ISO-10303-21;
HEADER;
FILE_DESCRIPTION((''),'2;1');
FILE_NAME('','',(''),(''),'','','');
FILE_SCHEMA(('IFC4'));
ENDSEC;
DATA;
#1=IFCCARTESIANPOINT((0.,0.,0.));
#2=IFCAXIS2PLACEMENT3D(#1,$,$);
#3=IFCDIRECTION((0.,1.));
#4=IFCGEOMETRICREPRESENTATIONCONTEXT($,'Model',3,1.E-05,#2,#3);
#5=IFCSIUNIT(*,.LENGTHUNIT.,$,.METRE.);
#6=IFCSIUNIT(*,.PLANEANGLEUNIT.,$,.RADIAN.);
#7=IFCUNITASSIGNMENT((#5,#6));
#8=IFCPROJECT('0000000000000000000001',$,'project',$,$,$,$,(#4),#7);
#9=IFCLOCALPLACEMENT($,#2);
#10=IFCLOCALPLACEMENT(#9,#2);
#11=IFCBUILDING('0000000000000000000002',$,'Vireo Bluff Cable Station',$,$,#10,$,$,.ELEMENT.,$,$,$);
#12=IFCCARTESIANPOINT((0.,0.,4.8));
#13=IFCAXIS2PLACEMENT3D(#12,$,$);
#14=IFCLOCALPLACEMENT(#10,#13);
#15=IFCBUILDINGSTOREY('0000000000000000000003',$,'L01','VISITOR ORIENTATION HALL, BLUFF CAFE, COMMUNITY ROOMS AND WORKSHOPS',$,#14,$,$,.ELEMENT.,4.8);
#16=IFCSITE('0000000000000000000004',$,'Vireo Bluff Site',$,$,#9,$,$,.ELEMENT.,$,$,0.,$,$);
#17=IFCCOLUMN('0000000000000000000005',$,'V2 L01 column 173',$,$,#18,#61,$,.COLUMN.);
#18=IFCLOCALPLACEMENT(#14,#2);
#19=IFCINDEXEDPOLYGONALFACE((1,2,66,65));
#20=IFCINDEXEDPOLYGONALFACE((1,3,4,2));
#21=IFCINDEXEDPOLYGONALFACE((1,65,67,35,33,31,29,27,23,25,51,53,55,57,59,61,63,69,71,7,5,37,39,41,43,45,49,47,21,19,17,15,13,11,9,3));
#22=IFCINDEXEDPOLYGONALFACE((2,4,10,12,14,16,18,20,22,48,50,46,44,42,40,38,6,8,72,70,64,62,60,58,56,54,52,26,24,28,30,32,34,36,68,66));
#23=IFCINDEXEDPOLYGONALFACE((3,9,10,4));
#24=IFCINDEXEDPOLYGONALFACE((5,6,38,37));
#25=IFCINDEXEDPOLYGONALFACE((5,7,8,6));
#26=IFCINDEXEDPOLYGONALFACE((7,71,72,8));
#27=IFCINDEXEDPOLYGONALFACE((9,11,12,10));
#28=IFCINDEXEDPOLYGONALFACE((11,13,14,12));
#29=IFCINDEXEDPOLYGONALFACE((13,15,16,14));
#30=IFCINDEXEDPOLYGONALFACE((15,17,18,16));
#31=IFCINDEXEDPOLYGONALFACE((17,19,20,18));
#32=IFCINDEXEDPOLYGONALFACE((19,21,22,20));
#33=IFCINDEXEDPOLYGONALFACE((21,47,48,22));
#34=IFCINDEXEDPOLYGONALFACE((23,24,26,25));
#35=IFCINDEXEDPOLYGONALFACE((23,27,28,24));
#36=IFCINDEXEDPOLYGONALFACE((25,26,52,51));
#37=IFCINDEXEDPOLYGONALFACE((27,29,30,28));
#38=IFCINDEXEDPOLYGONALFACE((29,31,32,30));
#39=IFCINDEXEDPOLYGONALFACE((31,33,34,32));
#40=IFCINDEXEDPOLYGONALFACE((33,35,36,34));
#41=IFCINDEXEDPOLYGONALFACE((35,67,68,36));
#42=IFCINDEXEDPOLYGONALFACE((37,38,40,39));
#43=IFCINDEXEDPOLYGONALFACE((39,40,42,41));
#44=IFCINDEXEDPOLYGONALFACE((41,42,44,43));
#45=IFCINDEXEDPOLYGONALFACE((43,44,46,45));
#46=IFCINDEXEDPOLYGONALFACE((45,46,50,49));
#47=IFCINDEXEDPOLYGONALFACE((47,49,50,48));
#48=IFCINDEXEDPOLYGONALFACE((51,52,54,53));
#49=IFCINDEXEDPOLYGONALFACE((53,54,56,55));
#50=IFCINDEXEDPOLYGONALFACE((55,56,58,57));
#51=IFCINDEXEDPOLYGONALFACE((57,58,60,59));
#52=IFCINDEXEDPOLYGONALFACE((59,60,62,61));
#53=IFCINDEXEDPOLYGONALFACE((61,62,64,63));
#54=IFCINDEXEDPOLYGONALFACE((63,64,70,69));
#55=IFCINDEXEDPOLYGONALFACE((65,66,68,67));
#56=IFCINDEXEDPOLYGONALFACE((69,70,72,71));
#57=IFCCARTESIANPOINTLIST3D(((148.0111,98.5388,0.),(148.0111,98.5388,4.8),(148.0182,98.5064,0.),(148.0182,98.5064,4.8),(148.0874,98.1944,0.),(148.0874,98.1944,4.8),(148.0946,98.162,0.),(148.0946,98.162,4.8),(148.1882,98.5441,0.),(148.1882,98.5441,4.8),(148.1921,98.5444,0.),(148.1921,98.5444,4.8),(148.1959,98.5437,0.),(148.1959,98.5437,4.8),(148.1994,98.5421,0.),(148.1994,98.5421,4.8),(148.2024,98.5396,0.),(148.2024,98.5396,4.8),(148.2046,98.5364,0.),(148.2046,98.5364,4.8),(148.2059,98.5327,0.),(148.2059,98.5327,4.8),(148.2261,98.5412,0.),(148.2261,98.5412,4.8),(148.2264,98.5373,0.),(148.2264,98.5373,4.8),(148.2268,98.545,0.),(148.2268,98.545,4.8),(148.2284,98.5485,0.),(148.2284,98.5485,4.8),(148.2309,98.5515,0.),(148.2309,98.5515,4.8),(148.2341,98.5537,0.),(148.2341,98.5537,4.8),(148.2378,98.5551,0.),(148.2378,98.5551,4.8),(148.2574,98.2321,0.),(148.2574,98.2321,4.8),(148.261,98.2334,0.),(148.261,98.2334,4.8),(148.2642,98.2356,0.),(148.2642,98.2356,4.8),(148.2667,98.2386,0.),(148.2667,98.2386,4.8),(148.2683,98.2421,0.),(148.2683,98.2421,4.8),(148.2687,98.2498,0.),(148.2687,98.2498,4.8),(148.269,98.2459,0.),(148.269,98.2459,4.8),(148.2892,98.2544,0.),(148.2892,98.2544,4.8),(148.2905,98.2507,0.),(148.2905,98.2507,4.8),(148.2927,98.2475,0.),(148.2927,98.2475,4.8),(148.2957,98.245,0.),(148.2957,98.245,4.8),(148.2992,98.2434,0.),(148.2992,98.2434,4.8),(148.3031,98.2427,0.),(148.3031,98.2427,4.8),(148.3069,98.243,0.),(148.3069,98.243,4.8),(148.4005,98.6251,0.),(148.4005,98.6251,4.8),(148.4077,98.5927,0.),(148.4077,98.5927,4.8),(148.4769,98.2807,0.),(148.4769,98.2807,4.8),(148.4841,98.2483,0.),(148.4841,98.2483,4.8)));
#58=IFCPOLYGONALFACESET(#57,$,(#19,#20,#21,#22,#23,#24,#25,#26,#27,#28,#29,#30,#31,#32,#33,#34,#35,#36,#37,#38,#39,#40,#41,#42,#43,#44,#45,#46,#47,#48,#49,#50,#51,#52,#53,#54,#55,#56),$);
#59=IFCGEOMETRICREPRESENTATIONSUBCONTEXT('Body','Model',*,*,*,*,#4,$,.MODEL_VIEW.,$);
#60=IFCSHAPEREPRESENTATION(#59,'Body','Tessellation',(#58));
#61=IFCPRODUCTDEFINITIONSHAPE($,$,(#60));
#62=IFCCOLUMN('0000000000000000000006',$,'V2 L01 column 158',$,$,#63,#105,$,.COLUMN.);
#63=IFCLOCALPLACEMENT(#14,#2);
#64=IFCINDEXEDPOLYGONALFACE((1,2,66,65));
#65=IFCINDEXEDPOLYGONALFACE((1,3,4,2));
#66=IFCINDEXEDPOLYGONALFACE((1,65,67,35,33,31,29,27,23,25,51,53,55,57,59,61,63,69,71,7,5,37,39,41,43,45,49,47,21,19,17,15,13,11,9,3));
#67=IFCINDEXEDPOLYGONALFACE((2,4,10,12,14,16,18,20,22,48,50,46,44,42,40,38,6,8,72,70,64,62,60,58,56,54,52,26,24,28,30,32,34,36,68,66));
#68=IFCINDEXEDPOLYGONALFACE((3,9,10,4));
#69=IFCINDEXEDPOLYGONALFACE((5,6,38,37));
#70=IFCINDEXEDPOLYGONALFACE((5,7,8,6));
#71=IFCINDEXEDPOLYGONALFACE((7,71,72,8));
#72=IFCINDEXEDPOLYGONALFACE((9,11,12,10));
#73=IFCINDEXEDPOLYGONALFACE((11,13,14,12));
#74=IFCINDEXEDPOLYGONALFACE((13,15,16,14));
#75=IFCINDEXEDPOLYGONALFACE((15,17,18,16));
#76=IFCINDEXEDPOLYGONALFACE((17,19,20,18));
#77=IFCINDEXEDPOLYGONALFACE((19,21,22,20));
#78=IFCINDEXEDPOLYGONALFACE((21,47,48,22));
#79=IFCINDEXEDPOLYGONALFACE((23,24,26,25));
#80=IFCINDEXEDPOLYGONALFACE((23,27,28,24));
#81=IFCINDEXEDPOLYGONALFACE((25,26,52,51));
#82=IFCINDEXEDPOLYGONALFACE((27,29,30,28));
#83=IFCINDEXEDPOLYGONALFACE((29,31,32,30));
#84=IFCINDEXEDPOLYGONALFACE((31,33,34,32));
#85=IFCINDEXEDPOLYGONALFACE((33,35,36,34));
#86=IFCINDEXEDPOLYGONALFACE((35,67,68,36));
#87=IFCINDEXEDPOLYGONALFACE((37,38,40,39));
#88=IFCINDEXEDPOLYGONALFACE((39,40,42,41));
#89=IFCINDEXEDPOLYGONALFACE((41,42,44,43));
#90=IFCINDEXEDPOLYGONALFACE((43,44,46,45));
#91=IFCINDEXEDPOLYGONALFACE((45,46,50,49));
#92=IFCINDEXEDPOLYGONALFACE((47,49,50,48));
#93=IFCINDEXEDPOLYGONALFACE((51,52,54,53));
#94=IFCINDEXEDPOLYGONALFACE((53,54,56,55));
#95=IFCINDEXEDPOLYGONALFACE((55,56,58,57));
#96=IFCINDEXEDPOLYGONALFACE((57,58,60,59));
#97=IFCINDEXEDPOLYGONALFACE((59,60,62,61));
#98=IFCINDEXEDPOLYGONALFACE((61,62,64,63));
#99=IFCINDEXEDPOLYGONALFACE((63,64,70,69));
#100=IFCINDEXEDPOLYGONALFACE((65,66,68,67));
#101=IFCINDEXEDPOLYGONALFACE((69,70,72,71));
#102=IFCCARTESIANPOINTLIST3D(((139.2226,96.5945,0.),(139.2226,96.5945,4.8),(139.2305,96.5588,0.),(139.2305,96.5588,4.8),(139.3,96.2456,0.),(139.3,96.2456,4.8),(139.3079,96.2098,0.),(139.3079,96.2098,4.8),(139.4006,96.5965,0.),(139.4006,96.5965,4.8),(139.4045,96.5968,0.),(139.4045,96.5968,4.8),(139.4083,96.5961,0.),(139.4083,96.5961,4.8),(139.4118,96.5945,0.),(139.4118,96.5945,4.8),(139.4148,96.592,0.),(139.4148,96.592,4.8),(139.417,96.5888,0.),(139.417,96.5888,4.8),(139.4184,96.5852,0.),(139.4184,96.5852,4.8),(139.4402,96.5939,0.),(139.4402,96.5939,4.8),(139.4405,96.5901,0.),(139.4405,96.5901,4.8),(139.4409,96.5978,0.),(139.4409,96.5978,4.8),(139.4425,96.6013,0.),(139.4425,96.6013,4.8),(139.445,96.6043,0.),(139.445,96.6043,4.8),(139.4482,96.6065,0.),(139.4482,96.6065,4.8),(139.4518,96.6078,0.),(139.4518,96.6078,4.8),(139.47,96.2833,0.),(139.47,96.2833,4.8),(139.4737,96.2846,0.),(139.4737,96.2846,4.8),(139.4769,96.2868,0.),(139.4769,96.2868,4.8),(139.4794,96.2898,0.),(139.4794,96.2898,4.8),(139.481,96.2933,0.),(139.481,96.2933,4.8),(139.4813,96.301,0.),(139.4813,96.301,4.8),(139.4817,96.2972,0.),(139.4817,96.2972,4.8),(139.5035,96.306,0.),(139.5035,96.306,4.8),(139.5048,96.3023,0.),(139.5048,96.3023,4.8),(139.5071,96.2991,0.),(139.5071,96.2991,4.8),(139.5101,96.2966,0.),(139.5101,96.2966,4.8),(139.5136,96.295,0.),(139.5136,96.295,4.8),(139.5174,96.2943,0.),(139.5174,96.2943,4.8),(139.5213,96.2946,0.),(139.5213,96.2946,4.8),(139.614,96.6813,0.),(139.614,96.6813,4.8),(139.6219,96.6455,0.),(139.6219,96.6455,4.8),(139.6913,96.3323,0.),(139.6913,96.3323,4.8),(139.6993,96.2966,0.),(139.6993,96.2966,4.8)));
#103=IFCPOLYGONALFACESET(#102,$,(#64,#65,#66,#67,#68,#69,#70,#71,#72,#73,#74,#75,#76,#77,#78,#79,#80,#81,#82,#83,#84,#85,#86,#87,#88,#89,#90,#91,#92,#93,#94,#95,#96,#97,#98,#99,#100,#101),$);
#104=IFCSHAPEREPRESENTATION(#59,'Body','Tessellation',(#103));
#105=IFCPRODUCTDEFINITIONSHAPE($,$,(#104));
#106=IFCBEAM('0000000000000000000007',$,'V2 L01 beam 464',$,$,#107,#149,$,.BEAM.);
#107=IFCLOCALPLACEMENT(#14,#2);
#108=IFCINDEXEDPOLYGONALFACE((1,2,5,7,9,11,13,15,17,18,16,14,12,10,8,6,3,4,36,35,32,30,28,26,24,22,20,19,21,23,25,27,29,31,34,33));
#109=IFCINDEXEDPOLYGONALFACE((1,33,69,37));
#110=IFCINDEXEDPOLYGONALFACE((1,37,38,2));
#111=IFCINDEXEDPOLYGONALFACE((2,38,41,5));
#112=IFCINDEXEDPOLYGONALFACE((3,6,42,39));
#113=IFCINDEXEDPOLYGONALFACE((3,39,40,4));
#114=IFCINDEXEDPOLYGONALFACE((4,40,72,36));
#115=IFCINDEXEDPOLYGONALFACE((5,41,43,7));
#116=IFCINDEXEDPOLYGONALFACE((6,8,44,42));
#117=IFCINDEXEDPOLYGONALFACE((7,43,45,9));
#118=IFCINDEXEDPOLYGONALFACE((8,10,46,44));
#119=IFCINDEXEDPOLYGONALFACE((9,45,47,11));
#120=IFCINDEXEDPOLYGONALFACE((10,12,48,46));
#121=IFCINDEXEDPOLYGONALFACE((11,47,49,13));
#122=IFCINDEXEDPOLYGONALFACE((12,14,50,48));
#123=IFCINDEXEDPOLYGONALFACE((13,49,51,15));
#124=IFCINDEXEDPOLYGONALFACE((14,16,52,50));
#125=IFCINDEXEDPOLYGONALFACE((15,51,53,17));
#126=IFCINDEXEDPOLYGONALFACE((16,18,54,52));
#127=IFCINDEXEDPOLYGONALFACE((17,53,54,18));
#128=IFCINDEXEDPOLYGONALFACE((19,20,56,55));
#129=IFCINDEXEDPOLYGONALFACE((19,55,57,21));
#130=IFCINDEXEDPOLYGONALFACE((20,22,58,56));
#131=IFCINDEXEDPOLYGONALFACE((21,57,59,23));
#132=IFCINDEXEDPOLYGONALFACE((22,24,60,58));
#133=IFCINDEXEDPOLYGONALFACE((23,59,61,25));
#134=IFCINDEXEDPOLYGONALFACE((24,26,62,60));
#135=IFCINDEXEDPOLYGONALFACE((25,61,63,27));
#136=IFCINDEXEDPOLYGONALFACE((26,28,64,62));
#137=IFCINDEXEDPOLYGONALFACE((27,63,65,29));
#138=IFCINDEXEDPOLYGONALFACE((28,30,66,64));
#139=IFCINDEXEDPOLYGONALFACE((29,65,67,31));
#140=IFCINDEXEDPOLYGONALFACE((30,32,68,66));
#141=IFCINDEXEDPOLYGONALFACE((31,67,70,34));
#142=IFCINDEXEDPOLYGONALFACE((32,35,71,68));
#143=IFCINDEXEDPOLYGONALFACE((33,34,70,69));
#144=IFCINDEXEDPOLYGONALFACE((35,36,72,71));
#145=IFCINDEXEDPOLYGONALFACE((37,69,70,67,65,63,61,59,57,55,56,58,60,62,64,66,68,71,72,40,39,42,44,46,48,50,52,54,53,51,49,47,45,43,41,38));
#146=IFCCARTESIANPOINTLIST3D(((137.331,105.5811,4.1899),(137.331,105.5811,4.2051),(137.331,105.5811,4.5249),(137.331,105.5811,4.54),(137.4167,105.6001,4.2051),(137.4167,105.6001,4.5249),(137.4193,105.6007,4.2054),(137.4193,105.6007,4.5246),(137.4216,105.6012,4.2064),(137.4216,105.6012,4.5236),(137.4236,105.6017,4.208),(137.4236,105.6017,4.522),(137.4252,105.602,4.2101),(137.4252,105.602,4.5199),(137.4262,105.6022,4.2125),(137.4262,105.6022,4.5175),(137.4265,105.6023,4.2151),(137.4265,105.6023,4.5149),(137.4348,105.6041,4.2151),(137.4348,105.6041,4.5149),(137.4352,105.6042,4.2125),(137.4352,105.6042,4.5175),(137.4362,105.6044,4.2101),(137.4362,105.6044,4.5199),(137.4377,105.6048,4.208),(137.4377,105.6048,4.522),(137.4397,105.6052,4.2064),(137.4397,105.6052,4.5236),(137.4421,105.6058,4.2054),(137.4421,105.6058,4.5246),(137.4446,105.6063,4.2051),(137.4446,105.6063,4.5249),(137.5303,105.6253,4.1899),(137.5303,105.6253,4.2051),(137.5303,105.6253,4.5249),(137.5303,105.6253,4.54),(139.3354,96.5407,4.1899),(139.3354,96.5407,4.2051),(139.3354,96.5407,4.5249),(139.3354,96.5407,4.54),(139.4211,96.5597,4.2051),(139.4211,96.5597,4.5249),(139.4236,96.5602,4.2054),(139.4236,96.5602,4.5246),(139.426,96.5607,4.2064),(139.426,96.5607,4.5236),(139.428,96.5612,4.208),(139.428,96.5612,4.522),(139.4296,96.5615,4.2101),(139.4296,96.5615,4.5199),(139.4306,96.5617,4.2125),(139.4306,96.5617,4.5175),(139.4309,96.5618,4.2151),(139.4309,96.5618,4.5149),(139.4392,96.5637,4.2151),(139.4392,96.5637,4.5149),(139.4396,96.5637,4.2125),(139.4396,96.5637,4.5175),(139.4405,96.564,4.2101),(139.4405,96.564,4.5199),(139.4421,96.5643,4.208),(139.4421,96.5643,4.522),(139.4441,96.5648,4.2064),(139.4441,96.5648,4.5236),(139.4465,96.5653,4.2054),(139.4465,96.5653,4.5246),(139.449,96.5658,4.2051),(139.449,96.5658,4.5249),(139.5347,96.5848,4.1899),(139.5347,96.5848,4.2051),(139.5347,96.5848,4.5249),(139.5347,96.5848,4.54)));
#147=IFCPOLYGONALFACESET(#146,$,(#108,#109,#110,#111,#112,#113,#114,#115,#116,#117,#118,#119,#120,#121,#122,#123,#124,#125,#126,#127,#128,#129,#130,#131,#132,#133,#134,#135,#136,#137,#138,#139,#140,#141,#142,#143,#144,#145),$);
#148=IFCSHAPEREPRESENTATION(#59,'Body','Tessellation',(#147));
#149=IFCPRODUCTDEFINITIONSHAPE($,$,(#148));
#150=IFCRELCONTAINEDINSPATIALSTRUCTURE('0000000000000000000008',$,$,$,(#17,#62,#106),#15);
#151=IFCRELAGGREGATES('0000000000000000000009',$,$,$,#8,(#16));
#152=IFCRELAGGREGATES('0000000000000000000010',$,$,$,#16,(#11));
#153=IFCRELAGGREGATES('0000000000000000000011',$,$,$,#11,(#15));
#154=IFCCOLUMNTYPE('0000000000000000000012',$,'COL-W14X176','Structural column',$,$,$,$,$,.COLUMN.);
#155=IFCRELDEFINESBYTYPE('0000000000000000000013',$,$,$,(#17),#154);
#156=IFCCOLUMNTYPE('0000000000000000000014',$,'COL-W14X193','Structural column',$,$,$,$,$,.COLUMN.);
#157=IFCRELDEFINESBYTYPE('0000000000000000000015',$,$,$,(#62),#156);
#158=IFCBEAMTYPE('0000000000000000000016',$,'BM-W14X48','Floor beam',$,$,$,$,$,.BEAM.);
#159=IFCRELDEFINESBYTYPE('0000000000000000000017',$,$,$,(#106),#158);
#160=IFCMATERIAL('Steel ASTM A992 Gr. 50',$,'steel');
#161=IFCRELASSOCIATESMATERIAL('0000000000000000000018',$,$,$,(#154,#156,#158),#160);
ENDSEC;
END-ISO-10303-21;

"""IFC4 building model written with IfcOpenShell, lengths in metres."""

from ifc_helpers import new_model, si_unit, direction, frame, origin, origin_2d, place, context, subcontext, project, spatial, i_section, extrude, material, material_profile, profile_set, type_object, element, save


model = new_model("IFC4")

# Units and contexts
model_context = context("Model", 3, precision=1e-05, world=origin(), true_north=direction((0.0, 1.0)))
body_context = subcontext(model_context, "Body", "Model", "MODEL_VIEW")
ifc_project = project(units=[si_unit("LENGTHUNIT", "METRE"), si_unit("PLANEANGLEUNIT", "RADIAN")], contexts=[model_context])

# Site, building, storey
site_placement = place(None, origin())
site = spatial("IfcSite", under=ifc_project, at=site_placement, Name="Vireo Bluff Site", CompositionType="ELEMENT", RefElevation=0.0)
building_placement = place(site_placement, origin())
building = spatial("IfcBuilding", under=site, at=building_placement, Name="Vireo Bluff Cable Station", CompositionType="ELEMENT")
storey_placement = place(building_placement, frame((0.0, 0.0, 4.8)))
storey = spatial("IfcBuildingStorey", under=building, at=storey_placement, Name="L01", Description="VISITOR ORIENTATION HALL, BLUFF CAFE, COMMUNITY ROOMS AND WORKSHOPS", CompositionType="ELEMENT", Elevation=4.8)

# Columns
ifc_material_1 = material(Name="Steel ASTM A992 Gr. 50", Category="steel")
ifc_material_profile_1 = material_profile(ifc_material_1, i_section(OverallWidth=0.3989, OverallDepth=0.386, WebThickness=0.021, FlangeThickness=0.0332, FilletRadius=0.0149, at=origin_2d()), Name="W14X176")
ifc_profile_set_1 = profile_set([ifc_material_profile_1], Name="Steel ASTM A992 Gr. 50")
column_type_1 = type_object("IfcColumnType", Name="COL-W14X176", Description="Structural column", PredefinedType="COLUMN", material=ifc_profile_set_1)
column_1_placement = place(storey_placement, frame((148.2476, 98.3936, 0.0), z_axis=(0.0, 0.0, 1.0), x_axis=(0.976296, 0.21644, 0.0)))
element("IfcColumn", 1, at=column_1_placement, inside=storey, type_object=column_type_1, Name="V2 L01 column 173", PredefinedType="COLUMN", context=body_context, shape_type="SweptSolid", body=[
    extrude(i_section(OverallWidth=0.3989, OverallDepth=0.386, WebThickness=0.021, FlangeThickness=0.0332, FilletRadius=0.0149, at=origin_2d()), origin(), (0.0, 0.0, 1.0), 4.8),
])
ifc_material_profile_2 = material_profile(ifc_material_1, i_section(OverallWidth=0.4009, OverallDepth=0.394, WebThickness=0.0227, FlangeThickness=0.0366, FilletRadius=0.0149, at=origin_2d()), Name="W14X193")
ifc_profile_set_2 = profile_set([ifc_material_profile_2], Name="Steel ASTM A992 Gr. 50")
column_type_2 = type_object("IfcColumnType", Name="COL-W14X193", Description="Structural column", PredefinedType="COLUMN", material=ifc_profile_set_2)
column_2_placement = place(storey_placement, frame((139.4609, 96.4456, 0.0), z_axis=(0.0, 0.0, 1.0), x_axis=(0.976296, 0.21644, 0.0)))
element("IfcColumn", 2, at=column_2_placement, inside=storey, type_object=column_type_2, Name="V2 L01 column 158", PredefinedType="COLUMN", context=body_context, shape_type="SweptSolid", body=[
    extrude(i_section(OverallWidth=0.4009, OverallDepth=0.394, WebThickness=0.0227, FlangeThickness=0.0366, FilletRadius=0.0149, at=origin_2d()), origin(), (0.0, 0.0, 1.0), 4.8),
])

# Beam
ifc_material_profile_3 = material_profile(ifc_material_1, i_section(OverallWidth=0.2041, OverallDepth=0.3501, WebThickness=0.0085, FlangeThickness=0.0151, FilletRadius=0.01, at=origin_2d()), Name="W14X48")
ifc_profile_set_3 = profile_set([ifc_material_profile_3], Name="Steel ASTM A992 Gr. 50")
beam_type_1 = type_object("IfcBeamType", Name="BM-W14X48", Description="Floor beam", PredefinedType="BEAM", material=ifc_profile_set_3)
beam_1_placement = place(storey_placement, frame((139.4351, 96.5627, 4.365), z_axis=(-0.216456, 0.976292, 0.0), x_axis=(-0.976292, -0.216456, 0.0)))
element("IfcBeam", 3, at=beam_1_placement, inside=storey, type_object=beam_type_1, Name="V2 L01 beam 464", PredefinedType="BEAM", context=body_context, shape_type="SweptSolid", body=[
    extrude(i_section(OverallWidth=0.2041, OverallDepth=0.3501, WebThickness=0.0085, FlangeThickness=0.0151, FilletRadius=0.01, at=origin_2d()), origin(), (0.0, 0.0, 1.0), 9.26),
])

save(model, "model.ifc")
